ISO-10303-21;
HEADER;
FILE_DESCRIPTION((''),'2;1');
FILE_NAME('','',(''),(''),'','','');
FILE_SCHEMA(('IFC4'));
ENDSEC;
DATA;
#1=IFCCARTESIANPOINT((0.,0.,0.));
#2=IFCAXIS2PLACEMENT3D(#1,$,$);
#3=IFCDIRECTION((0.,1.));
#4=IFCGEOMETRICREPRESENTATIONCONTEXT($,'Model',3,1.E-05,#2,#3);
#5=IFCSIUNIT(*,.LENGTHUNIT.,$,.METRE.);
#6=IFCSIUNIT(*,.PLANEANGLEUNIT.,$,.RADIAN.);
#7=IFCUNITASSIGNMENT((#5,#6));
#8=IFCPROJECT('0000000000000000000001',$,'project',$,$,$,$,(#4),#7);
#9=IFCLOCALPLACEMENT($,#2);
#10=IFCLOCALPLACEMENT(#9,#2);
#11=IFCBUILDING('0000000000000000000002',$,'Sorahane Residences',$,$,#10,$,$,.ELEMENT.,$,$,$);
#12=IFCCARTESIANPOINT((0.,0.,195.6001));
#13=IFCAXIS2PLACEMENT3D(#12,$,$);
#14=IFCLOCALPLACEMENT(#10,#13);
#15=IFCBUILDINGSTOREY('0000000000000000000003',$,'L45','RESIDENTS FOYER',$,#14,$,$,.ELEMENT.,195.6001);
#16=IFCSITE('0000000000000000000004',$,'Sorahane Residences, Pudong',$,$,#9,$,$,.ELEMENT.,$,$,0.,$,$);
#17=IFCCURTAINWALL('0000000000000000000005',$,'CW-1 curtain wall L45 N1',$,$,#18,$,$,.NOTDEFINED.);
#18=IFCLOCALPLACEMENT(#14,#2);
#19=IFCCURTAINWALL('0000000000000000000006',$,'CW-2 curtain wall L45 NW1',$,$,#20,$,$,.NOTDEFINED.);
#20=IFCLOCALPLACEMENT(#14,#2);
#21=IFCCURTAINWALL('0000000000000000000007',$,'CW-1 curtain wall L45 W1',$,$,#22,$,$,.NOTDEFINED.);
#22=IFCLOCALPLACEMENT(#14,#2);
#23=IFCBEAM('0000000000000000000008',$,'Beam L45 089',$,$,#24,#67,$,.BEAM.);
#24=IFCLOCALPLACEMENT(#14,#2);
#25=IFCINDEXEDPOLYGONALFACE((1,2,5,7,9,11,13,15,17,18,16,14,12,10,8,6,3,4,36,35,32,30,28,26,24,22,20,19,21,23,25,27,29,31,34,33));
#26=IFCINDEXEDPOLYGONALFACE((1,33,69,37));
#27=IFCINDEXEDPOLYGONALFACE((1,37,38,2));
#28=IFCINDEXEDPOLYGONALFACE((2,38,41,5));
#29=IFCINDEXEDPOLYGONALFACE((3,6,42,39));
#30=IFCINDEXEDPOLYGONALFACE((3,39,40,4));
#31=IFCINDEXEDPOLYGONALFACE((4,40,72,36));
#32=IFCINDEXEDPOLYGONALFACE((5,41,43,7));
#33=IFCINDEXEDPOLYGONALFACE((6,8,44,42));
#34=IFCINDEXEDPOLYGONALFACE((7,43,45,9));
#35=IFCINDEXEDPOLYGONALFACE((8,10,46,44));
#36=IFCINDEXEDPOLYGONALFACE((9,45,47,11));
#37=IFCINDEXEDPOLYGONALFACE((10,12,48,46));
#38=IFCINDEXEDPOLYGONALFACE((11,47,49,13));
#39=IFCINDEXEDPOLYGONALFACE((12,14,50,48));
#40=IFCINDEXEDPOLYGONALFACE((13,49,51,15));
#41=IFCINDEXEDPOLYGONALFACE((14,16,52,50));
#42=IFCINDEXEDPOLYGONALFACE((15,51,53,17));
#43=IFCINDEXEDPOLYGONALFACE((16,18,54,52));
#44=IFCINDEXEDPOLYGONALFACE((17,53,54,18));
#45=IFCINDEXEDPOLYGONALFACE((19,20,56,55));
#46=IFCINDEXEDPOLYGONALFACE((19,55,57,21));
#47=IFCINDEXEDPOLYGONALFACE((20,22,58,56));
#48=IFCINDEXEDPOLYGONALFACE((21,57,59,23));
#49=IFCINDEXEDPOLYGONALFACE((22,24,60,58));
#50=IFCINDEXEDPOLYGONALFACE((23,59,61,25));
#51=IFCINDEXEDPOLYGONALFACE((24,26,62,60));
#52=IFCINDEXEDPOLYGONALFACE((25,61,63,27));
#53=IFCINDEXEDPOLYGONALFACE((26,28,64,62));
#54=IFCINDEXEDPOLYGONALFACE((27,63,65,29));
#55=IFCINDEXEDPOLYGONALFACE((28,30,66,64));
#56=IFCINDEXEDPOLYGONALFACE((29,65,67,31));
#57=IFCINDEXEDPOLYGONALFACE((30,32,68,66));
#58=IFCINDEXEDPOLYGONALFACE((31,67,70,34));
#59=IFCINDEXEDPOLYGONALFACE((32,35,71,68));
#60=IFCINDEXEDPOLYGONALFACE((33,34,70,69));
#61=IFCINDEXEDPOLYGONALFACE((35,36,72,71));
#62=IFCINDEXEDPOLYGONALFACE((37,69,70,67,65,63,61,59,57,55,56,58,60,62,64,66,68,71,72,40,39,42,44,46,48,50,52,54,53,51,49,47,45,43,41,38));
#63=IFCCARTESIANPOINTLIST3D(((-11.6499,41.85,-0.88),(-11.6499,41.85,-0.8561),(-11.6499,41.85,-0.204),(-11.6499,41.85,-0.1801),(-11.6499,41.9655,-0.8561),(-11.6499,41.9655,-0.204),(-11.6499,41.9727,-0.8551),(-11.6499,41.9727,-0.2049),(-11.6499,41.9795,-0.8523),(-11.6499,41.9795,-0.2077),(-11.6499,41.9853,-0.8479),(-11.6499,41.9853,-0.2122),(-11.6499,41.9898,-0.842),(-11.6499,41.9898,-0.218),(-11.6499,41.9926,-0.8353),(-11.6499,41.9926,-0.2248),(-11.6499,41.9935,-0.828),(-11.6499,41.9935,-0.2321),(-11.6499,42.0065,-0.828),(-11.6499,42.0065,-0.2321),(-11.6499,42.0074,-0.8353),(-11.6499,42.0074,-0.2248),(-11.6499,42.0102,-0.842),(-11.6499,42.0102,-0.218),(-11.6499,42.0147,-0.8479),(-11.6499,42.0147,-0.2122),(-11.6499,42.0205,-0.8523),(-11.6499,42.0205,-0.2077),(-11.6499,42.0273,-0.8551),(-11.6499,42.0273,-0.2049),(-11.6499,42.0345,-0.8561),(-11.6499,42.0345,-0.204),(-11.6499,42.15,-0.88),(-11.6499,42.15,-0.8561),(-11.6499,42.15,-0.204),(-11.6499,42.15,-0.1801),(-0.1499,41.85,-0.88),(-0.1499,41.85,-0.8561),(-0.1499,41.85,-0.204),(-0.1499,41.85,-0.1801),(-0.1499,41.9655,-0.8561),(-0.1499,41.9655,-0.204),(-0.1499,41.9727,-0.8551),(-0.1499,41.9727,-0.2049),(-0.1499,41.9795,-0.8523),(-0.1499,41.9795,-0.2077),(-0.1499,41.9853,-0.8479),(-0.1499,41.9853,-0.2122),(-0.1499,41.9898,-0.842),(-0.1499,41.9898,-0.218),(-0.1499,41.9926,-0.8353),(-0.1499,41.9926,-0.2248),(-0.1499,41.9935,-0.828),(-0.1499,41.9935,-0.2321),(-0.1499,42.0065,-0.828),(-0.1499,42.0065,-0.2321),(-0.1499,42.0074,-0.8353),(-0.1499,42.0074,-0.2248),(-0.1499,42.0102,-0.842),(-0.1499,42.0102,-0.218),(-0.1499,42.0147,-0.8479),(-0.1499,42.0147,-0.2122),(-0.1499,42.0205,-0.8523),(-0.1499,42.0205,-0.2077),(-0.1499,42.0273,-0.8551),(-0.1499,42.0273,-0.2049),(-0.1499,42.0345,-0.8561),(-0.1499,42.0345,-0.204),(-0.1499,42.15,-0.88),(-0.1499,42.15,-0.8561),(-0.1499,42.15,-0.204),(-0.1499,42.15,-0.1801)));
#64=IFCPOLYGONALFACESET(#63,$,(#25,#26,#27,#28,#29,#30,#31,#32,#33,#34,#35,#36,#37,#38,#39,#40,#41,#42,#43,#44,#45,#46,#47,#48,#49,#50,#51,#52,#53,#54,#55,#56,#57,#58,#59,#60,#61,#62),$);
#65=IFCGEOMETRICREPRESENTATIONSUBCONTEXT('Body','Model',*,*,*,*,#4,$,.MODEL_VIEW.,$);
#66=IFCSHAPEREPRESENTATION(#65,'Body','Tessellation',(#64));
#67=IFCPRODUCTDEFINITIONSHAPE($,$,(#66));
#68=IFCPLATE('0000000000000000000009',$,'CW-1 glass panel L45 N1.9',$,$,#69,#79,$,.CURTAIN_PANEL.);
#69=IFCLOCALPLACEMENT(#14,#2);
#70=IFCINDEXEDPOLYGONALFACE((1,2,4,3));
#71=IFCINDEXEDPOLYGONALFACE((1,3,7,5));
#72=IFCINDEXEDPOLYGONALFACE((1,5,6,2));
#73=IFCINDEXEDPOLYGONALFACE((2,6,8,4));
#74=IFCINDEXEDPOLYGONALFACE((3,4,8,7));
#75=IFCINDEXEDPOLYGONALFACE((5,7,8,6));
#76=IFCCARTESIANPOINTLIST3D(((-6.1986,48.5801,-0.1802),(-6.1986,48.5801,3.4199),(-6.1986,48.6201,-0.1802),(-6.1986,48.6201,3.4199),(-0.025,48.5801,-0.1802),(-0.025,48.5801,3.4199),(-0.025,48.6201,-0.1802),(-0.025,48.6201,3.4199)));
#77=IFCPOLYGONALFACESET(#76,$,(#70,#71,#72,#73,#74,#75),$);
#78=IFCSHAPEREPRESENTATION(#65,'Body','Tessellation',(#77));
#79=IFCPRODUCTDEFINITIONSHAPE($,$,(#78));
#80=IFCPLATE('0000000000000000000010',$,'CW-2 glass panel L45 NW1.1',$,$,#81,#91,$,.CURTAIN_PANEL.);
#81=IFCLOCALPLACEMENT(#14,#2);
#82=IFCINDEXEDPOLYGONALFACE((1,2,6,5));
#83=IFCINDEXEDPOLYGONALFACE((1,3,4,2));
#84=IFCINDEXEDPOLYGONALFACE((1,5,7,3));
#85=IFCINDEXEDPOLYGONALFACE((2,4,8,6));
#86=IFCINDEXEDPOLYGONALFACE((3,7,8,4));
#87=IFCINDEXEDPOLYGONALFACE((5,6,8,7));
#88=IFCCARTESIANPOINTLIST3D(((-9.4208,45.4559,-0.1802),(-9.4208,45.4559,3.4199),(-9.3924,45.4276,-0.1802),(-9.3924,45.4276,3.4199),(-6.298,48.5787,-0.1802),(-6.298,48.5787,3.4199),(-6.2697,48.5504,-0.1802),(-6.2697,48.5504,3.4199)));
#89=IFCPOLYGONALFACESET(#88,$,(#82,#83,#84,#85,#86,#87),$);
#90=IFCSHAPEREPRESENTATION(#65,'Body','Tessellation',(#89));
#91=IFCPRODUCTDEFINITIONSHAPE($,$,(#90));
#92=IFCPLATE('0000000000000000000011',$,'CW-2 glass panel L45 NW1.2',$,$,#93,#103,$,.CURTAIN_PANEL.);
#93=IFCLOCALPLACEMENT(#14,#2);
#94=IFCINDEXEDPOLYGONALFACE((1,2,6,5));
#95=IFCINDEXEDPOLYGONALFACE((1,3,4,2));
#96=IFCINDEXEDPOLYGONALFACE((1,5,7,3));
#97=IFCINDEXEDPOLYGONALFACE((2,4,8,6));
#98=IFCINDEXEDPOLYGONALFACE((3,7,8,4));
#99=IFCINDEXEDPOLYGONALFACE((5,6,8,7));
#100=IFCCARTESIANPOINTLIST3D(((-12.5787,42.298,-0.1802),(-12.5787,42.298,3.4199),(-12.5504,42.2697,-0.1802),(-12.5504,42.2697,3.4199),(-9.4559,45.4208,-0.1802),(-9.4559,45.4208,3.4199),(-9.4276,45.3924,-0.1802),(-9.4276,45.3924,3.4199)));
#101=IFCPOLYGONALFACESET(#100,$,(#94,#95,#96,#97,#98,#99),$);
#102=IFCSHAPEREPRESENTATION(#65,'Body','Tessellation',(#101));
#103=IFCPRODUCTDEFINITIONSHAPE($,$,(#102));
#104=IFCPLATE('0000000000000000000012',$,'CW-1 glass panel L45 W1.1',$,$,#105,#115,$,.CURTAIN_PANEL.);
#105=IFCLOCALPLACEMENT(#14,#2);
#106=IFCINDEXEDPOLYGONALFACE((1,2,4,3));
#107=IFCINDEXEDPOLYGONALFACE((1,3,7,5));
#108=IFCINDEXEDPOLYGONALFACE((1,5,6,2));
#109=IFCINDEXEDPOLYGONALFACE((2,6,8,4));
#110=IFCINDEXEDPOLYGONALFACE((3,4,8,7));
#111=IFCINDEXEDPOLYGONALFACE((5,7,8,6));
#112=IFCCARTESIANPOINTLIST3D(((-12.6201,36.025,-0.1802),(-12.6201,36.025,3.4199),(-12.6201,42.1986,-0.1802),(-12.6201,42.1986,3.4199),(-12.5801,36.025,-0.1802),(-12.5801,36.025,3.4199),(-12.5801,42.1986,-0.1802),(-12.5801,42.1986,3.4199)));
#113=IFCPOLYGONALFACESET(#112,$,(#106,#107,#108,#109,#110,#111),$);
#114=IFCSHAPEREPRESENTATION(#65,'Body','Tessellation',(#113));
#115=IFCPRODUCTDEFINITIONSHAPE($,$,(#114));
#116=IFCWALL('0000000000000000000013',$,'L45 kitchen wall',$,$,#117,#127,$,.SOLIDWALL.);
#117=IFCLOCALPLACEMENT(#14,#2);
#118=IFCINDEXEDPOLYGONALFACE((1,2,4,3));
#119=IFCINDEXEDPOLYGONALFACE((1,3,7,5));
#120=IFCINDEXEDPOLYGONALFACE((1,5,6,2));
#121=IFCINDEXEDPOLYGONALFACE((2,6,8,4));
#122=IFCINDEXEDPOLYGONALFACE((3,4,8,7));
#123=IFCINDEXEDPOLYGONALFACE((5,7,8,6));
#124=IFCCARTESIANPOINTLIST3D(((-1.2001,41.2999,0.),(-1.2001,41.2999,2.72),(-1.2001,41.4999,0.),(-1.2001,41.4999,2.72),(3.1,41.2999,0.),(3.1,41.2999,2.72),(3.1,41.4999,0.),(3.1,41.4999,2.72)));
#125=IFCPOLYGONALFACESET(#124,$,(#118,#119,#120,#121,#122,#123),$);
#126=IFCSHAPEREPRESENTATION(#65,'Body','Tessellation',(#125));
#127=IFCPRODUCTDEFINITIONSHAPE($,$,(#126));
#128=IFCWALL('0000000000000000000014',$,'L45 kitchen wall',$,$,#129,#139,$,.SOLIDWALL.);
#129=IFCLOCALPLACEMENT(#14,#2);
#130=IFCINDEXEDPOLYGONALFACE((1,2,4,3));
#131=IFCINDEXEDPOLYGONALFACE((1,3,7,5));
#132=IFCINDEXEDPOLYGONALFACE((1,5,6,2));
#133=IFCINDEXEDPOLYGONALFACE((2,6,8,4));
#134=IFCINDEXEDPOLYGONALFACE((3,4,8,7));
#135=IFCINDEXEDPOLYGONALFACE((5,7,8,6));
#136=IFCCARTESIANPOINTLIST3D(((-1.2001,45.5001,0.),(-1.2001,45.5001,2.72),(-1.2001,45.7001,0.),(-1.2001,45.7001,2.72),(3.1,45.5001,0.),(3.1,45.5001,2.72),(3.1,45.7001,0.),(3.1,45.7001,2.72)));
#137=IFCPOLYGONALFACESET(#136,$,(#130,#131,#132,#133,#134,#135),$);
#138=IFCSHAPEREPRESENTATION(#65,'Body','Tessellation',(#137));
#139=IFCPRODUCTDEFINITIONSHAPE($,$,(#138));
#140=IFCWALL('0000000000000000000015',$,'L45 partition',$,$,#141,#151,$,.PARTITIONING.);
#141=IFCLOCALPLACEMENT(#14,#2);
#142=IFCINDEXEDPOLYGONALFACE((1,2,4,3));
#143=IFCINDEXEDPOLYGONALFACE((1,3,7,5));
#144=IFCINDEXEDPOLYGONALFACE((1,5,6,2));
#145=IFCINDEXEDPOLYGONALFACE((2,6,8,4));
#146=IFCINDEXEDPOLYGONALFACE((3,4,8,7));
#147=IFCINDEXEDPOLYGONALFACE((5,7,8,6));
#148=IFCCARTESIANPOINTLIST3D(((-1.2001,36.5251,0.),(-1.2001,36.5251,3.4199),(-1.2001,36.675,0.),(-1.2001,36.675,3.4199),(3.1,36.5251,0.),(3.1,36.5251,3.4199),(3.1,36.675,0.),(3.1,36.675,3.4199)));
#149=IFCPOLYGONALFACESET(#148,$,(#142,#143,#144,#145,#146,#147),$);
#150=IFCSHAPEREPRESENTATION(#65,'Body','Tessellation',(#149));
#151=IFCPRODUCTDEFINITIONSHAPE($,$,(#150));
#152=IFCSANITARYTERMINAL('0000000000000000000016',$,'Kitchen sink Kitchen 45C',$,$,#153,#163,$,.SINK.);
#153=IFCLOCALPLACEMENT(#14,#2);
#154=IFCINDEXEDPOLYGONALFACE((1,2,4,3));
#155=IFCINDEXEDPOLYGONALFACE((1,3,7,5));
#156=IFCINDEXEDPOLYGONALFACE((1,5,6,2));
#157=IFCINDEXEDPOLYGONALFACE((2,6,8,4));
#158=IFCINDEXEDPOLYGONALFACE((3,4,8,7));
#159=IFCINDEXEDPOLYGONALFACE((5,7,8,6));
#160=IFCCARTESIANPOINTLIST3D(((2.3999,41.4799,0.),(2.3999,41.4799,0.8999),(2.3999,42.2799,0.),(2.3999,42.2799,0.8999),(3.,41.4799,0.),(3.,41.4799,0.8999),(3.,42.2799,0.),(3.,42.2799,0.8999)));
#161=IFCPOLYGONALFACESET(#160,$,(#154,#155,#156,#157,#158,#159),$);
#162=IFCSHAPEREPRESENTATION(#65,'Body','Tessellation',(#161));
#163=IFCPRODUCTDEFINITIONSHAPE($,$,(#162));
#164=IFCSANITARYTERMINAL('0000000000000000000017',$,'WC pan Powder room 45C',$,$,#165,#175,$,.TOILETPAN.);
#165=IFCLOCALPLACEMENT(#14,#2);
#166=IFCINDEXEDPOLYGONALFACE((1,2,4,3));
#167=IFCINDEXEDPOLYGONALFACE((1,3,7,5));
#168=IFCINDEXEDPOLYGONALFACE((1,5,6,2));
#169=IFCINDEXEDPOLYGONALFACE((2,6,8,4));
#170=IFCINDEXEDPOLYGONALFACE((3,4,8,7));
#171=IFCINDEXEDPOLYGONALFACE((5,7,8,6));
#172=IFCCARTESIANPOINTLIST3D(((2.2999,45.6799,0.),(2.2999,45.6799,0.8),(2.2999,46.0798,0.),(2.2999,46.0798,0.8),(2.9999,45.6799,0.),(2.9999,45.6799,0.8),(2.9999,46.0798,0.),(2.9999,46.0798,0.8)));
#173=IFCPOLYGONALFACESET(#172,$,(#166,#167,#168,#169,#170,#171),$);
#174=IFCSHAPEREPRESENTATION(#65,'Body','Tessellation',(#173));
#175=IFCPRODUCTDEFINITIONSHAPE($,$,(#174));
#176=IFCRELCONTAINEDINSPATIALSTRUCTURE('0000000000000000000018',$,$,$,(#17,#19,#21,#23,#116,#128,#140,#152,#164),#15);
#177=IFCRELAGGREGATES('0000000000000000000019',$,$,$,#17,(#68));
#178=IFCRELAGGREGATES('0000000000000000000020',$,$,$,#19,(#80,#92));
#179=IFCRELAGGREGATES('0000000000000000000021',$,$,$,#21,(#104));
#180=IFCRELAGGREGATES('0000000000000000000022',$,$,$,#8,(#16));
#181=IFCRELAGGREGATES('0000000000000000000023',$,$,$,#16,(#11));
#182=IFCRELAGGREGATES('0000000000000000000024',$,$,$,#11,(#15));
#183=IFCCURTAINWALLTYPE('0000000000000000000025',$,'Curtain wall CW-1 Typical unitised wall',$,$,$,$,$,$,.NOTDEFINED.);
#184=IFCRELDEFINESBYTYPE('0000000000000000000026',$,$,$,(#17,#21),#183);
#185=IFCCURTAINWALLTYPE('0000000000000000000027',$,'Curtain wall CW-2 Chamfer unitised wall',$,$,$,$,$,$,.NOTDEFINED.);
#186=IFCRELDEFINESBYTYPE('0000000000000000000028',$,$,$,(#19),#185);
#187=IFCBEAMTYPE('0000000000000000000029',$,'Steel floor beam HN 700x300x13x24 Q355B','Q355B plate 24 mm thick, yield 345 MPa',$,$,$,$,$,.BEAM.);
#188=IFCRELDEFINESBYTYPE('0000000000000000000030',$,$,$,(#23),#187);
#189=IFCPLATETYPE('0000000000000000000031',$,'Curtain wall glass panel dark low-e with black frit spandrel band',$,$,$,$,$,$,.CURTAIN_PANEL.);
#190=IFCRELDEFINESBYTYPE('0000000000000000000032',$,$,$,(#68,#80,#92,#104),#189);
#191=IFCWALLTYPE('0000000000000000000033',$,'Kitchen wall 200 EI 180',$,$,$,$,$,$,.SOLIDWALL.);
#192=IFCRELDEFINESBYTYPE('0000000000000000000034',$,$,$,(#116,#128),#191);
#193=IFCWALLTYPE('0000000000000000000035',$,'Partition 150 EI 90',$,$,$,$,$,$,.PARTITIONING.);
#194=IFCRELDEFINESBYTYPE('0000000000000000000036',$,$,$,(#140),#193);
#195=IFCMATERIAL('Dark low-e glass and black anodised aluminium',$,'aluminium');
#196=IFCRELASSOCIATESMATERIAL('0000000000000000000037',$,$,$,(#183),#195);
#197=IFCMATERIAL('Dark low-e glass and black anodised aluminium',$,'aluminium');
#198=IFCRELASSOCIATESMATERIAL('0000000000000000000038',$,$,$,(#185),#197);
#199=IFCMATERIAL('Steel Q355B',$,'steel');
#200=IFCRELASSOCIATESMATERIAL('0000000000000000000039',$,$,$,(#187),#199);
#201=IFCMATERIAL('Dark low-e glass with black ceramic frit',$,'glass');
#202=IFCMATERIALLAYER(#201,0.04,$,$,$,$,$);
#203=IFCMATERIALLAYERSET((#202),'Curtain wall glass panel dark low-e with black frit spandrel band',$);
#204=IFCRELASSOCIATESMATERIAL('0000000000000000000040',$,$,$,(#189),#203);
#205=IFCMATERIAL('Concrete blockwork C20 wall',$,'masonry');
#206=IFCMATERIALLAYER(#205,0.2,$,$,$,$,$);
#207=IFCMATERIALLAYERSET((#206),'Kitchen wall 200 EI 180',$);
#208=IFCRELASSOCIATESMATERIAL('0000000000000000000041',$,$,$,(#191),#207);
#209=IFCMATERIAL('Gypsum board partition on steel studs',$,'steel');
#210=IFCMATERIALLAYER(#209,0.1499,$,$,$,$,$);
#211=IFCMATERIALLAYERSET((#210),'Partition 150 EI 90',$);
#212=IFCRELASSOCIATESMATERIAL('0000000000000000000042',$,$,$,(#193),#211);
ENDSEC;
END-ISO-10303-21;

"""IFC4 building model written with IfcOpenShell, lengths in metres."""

from ifc_helpers import new_model, si_unit, direction, frame, frame_2d, origin, origin_2d, place, context, subcontext, project, spatial, rectangle, i_section, extrude, material, layer, layer_set, material_profile, profile_set, type_object, element, aggregate, save


model = new_model("IFC4")

# Units and contexts
model_context = context("Model", 3, precision=1e-05, world=origin(), true_north=direction((0.0, 1.0)))
body_context = subcontext(model_context, "Body", "Model", "MODEL_VIEW")
ifc_project = project(units=[si_unit("LENGTHUNIT", "METRE"), si_unit("PLANEANGLEUNIT", "RADIAN")], contexts=[model_context])

# Site, building, storey
site_placement = place(None, origin())
site = spatial("IfcSite", under=ifc_project, at=site_placement, Name="Sorahane Residences, Pudong", CompositionType="ELEMENT", RefElevation=0.0)
building_placement = place(site_placement, origin())
building = spatial("IfcBuilding", under=site, at=building_placement, Name="Sorahane Residences", CompositionType="ELEMENT")
storey_placement = place(building_placement, frame((0.0, 0.0, 195.6001)))
storey = spatial("IfcBuildingStorey", under=building, at=storey_placement, Name="L45", Description="RESIDENTS FOYER", CompositionType="ELEMENT", Elevation=195.6001)

# Curtain walls
ifc_material_1 = material(Name="Dark low-e glass and black anodised aluminium", Category="aluminium")
curtain_wall_type_1 = type_object("IfcCurtainWallType", Name="Curtain wall CW-1 Typical unitised wall", PredefinedType="NOTDEFINED", material=ifc_material_1)
curtain_wall_1_placement = place(storey_placement, origin())
curtain_wall_1 = element("IfcCurtainWall", 1, at=curtain_wall_1_placement, inside=storey, type_object=curtain_wall_type_1, Name="CW-1 curtain wall L45 N1", PredefinedType="NOTDEFINED")
ifc_material_2 = material(Name="Dark low-e glass and black anodised aluminium", Category="aluminium")
curtain_wall_type_2 = type_object("IfcCurtainWallType", Name="Curtain wall CW-2 Chamfer unitised wall", PredefinedType="NOTDEFINED", material=ifc_material_2)
curtain_wall_2_placement = place(storey_placement, origin())
curtain_wall_2 = element("IfcCurtainWall", 2, at=curtain_wall_2_placement, inside=storey, type_object=curtain_wall_type_2, Name="CW-2 curtain wall L45 NW1", PredefinedType="NOTDEFINED")

# Curtain wall
curtain_wall_3_placement = place(storey_placement, origin())
curtain_wall_3 = element("IfcCurtainWall", 3, at=curtain_wall_3_placement, inside=storey, type_object=curtain_wall_type_1, Name="CW-1 curtain wall L45 W1", PredefinedType="NOTDEFINED")

# Beam
ifc_material_3 = material(Name="Steel Q355B", Category="steel")
ifc_material_profile_1 = material_profile(ifc_material_3, i_section(OverallWidth=0.3, OverallDepth=0.7, WebThickness=0.0129, FlangeThickness=0.0239, FilletRadius=0.0281, at=origin_2d()), Name="HN 700x300x13x24")
ifc_profile_set_1 = profile_set([ifc_material_profile_1], Name="Steel Q355B")
beam_type_1 = type_object("IfcBeamType", Name="Steel floor beam HN 700x300x13x24 Q355B", Description="Q355B plate 24 mm thick, yield 345 MPa", PredefinedType="BEAM", material=ifc_profile_set_1)
beam_1_placement = place(storey_placement, frame((-11.6499, 42.0, -0.53), z_axis=(1.0, 0.0, 0.0), x_axis=(0.0, 1.0, 0.0)))
element("IfcBeam", 4, at=beam_1_placement, inside=storey, type_object=beam_type_1, Name="Beam L45 089", PredefinedType="BEAM", context=body_context, shape_type="SweptSolid", body=[
    extrude(i_section(OverallWidth=0.3, OverallDepth=0.7, WebThickness=0.0129, FlangeThickness=0.0239, FilletRadius=0.0281, at=origin_2d()), origin(), (0.0, 0.0, 1.0), 11.5),
])

# Plates
ifc_material_4 = material(Name="Dark low-e glass with black ceramic frit", Category="glass")
ifc_layer_1 = layer(ifc_material_4, 0.04)
ifc_layer_set_1 = layer_set([ifc_layer_1], Name="Curtain wall glass panel dark low-e with black frit spandrel band")
plate_type = type_object("IfcPlateType", Name="Curtain wall glass panel dark low-e with black frit spandrel band", PredefinedType="CURTAIN_PANEL", material=ifc_layer_set_1)
plate_1_placement = place(storey_placement, frame((-3.1118, 48.6001, -0.1802), z_axis=(0.0, 0.0, 1.0), x_axis=(-1.0, 0.0, 0.0)))
plate_1 = element("IfcPlate", 5, at=plate_1_placement, type_object=plate_type, Name="CW-1 glass panel L45 N1.9", PredefinedType="CURTAIN_PANEL", context=body_context, shape_type="SweptSolid", body=[
    extrude(rectangle(XDim=6.1736, YDim=0.04, at=origin_2d()), origin(), (0.0, 0.0, 1.0), 3.6001),
])
aggregate(curtain_wall_1, [plate_1])
plate_2_placement = place(storey_placement, frame((-7.8452, 47.0032, -0.1802), z_axis=(0.0, 0.0, 1.0), x_axis=(-0.707107, -0.707107, 0.0)))
plate_2 = element("IfcPlate", 6, at=plate_2_placement, type_object=plate_type, Name="CW-2 glass panel L45 NW1.1", PredefinedType="CURTAIN_PANEL", context=body_context, shape_type="SweptSolid", body=[
    extrude(rectangle(XDim=4.4163, YDim=0.04, at=origin_2d()), origin(), (0.0, 0.0, 1.0), 3.6001),
])
plate_3_placement = place(storey_placement, frame((-11.0032, 43.8452, -0.1802), z_axis=(0.0, 0.0, 1.0), x_axis=(-0.707107, -0.707107, 0.0)))
plate_3 = element("IfcPlate", 7, at=plate_3_placement, type_object=plate_type, Name="CW-2 glass panel L45 NW1.2", PredefinedType="CURTAIN_PANEL", context=body_context, shape_type="SweptSolid", body=[
    extrude(rectangle(XDim=4.4163, YDim=0.04, at=origin_2d()), origin(), (0.0, 0.0, 1.0), 3.6001),
])
aggregate(curtain_wall_2, [plate_2, plate_3])
plate_4_placement = place(storey_placement, frame((-12.6001, 39.1118, -0.1802), z_axis=(0.0, 0.0, 1.0), x_axis=(0.0, -1.0, 0.0)))
plate_4 = element("IfcPlate", 8, at=plate_4_placement, type_object=plate_type, Name="CW-1 glass panel L45 W1.1", PredefinedType="CURTAIN_PANEL", context=body_context, shape_type="SweptSolid", body=[
    extrude(rectangle(XDim=6.1736, YDim=0.04, at=origin_2d()), origin(), (0.0, 0.0, 1.0), 3.6001),
])
aggregate(curtain_wall_3, [plate_4])

# Shared definitions
ifc_material_5 = material(Name="Concrete blockwork C20 wall", Category="masonry")
ifc_layer_2 = layer(ifc_material_5, 0.2)
ifc_layer_set_2 = layer_set([ifc_layer_2], Name="Kitchen wall 200 EI 180")
wall_type_1 = type_object("IfcWallType", Name="Kitchen wall 200 EI 180", PredefinedType="SOLIDWALL", material=ifc_layer_set_2)

# Walls
for number, where, z_axis, x_axis, name in (
    (9, (-1.2, 41.3999, 0.0), (0.0, 0.0, 1.0), (1.0, 0.0, 0.0), "L45 kitchen wall"),
    (10, (-1.2, 45.6001, 0.0), (0.0, 0.0, 1.0), (1.0, 0.0, 0.0), "L45 kitchen wall"),
):
    element("IfcWall", number, at=place(storey_placement, frame(where, z_axis=z_axis, x_axis=x_axis)), inside=storey, type_object=wall_type_1, Name=name, PredefinedType="SOLIDWALL", context=body_context, shape_type="SweptSolid", body=[
        extrude(rectangle(XDim=4.3, YDim=0.2, at=frame_2d((2.1499, 0.0))), origin(), (0.0, 0.0, 1.0), 2.72),
    ])
ifc_material_6 = material(Name="Gypsum board partition on steel studs", Category="steel")
ifc_layer_3 = layer(ifc_material_6, 0.1499)
ifc_layer_set_3 = layer_set([ifc_layer_3], Name="Partition 150 EI 90")
wall_type_2 = type_object("IfcWallType", Name="Partition 150 EI 90", PredefinedType="PARTITIONING", material=ifc_layer_set_3)
wall_1_placement = place(storey_placement, frame((-1.2, 36.6001, 0.0), z_axis=(0.0, 0.0, 1.0), x_axis=(1.0, 0.0, 0.0)))
element("IfcWall", 11, at=wall_1_placement, inside=storey, type_object=wall_type_2, Name="L45 partition", PredefinedType="PARTITIONING", context=body_context, shape_type="SweptSolid", body=[
    extrude(rectangle(XDim=4.3, YDim=0.1499, at=frame_2d((2.1499, 0.0))), origin(), (0.0, 0.0, 1.0), 3.4199),
])

# Sanitary terminals
sanitary_terminal_1_placement = place(storey_placement, frame((2.7, 41.8799, 0.0), z_axis=(0.0, 0.0, 1.0), x_axis=(0.0, -1.0, 0.0)))
element("IfcSanitaryTerminal", 12, at=sanitary_terminal_1_placement, inside=storey, Name="Kitchen sink Kitchen 45C", PredefinedType="SINK", context=body_context, shape_type="SweptSolid", body=[
    extrude(rectangle(XDim=0.8, YDim=0.6001, at=origin_2d()), origin(), (0.0, 0.0, 1.0), 0.8999),
])
sanitary_terminal_2_placement = place(storey_placement, frame((2.6499, 45.8799, 0.0), z_axis=(0.0, 0.0, 1.0), x_axis=(0.0, -1.0, 0.0)))
element("IfcSanitaryTerminal", 13, at=sanitary_terminal_2_placement, inside=storey, Name="WC pan Powder room 45C", PredefinedType="TOILETPAN", context=body_context, shape_type="SweptSolid", body=[
    extrude(rectangle(XDim=0.3999, YDim=0.7, at=origin_2d()), origin(), (0.0, 0.0, 1.0), 0.8),
])

save(model, "model.ifc")
